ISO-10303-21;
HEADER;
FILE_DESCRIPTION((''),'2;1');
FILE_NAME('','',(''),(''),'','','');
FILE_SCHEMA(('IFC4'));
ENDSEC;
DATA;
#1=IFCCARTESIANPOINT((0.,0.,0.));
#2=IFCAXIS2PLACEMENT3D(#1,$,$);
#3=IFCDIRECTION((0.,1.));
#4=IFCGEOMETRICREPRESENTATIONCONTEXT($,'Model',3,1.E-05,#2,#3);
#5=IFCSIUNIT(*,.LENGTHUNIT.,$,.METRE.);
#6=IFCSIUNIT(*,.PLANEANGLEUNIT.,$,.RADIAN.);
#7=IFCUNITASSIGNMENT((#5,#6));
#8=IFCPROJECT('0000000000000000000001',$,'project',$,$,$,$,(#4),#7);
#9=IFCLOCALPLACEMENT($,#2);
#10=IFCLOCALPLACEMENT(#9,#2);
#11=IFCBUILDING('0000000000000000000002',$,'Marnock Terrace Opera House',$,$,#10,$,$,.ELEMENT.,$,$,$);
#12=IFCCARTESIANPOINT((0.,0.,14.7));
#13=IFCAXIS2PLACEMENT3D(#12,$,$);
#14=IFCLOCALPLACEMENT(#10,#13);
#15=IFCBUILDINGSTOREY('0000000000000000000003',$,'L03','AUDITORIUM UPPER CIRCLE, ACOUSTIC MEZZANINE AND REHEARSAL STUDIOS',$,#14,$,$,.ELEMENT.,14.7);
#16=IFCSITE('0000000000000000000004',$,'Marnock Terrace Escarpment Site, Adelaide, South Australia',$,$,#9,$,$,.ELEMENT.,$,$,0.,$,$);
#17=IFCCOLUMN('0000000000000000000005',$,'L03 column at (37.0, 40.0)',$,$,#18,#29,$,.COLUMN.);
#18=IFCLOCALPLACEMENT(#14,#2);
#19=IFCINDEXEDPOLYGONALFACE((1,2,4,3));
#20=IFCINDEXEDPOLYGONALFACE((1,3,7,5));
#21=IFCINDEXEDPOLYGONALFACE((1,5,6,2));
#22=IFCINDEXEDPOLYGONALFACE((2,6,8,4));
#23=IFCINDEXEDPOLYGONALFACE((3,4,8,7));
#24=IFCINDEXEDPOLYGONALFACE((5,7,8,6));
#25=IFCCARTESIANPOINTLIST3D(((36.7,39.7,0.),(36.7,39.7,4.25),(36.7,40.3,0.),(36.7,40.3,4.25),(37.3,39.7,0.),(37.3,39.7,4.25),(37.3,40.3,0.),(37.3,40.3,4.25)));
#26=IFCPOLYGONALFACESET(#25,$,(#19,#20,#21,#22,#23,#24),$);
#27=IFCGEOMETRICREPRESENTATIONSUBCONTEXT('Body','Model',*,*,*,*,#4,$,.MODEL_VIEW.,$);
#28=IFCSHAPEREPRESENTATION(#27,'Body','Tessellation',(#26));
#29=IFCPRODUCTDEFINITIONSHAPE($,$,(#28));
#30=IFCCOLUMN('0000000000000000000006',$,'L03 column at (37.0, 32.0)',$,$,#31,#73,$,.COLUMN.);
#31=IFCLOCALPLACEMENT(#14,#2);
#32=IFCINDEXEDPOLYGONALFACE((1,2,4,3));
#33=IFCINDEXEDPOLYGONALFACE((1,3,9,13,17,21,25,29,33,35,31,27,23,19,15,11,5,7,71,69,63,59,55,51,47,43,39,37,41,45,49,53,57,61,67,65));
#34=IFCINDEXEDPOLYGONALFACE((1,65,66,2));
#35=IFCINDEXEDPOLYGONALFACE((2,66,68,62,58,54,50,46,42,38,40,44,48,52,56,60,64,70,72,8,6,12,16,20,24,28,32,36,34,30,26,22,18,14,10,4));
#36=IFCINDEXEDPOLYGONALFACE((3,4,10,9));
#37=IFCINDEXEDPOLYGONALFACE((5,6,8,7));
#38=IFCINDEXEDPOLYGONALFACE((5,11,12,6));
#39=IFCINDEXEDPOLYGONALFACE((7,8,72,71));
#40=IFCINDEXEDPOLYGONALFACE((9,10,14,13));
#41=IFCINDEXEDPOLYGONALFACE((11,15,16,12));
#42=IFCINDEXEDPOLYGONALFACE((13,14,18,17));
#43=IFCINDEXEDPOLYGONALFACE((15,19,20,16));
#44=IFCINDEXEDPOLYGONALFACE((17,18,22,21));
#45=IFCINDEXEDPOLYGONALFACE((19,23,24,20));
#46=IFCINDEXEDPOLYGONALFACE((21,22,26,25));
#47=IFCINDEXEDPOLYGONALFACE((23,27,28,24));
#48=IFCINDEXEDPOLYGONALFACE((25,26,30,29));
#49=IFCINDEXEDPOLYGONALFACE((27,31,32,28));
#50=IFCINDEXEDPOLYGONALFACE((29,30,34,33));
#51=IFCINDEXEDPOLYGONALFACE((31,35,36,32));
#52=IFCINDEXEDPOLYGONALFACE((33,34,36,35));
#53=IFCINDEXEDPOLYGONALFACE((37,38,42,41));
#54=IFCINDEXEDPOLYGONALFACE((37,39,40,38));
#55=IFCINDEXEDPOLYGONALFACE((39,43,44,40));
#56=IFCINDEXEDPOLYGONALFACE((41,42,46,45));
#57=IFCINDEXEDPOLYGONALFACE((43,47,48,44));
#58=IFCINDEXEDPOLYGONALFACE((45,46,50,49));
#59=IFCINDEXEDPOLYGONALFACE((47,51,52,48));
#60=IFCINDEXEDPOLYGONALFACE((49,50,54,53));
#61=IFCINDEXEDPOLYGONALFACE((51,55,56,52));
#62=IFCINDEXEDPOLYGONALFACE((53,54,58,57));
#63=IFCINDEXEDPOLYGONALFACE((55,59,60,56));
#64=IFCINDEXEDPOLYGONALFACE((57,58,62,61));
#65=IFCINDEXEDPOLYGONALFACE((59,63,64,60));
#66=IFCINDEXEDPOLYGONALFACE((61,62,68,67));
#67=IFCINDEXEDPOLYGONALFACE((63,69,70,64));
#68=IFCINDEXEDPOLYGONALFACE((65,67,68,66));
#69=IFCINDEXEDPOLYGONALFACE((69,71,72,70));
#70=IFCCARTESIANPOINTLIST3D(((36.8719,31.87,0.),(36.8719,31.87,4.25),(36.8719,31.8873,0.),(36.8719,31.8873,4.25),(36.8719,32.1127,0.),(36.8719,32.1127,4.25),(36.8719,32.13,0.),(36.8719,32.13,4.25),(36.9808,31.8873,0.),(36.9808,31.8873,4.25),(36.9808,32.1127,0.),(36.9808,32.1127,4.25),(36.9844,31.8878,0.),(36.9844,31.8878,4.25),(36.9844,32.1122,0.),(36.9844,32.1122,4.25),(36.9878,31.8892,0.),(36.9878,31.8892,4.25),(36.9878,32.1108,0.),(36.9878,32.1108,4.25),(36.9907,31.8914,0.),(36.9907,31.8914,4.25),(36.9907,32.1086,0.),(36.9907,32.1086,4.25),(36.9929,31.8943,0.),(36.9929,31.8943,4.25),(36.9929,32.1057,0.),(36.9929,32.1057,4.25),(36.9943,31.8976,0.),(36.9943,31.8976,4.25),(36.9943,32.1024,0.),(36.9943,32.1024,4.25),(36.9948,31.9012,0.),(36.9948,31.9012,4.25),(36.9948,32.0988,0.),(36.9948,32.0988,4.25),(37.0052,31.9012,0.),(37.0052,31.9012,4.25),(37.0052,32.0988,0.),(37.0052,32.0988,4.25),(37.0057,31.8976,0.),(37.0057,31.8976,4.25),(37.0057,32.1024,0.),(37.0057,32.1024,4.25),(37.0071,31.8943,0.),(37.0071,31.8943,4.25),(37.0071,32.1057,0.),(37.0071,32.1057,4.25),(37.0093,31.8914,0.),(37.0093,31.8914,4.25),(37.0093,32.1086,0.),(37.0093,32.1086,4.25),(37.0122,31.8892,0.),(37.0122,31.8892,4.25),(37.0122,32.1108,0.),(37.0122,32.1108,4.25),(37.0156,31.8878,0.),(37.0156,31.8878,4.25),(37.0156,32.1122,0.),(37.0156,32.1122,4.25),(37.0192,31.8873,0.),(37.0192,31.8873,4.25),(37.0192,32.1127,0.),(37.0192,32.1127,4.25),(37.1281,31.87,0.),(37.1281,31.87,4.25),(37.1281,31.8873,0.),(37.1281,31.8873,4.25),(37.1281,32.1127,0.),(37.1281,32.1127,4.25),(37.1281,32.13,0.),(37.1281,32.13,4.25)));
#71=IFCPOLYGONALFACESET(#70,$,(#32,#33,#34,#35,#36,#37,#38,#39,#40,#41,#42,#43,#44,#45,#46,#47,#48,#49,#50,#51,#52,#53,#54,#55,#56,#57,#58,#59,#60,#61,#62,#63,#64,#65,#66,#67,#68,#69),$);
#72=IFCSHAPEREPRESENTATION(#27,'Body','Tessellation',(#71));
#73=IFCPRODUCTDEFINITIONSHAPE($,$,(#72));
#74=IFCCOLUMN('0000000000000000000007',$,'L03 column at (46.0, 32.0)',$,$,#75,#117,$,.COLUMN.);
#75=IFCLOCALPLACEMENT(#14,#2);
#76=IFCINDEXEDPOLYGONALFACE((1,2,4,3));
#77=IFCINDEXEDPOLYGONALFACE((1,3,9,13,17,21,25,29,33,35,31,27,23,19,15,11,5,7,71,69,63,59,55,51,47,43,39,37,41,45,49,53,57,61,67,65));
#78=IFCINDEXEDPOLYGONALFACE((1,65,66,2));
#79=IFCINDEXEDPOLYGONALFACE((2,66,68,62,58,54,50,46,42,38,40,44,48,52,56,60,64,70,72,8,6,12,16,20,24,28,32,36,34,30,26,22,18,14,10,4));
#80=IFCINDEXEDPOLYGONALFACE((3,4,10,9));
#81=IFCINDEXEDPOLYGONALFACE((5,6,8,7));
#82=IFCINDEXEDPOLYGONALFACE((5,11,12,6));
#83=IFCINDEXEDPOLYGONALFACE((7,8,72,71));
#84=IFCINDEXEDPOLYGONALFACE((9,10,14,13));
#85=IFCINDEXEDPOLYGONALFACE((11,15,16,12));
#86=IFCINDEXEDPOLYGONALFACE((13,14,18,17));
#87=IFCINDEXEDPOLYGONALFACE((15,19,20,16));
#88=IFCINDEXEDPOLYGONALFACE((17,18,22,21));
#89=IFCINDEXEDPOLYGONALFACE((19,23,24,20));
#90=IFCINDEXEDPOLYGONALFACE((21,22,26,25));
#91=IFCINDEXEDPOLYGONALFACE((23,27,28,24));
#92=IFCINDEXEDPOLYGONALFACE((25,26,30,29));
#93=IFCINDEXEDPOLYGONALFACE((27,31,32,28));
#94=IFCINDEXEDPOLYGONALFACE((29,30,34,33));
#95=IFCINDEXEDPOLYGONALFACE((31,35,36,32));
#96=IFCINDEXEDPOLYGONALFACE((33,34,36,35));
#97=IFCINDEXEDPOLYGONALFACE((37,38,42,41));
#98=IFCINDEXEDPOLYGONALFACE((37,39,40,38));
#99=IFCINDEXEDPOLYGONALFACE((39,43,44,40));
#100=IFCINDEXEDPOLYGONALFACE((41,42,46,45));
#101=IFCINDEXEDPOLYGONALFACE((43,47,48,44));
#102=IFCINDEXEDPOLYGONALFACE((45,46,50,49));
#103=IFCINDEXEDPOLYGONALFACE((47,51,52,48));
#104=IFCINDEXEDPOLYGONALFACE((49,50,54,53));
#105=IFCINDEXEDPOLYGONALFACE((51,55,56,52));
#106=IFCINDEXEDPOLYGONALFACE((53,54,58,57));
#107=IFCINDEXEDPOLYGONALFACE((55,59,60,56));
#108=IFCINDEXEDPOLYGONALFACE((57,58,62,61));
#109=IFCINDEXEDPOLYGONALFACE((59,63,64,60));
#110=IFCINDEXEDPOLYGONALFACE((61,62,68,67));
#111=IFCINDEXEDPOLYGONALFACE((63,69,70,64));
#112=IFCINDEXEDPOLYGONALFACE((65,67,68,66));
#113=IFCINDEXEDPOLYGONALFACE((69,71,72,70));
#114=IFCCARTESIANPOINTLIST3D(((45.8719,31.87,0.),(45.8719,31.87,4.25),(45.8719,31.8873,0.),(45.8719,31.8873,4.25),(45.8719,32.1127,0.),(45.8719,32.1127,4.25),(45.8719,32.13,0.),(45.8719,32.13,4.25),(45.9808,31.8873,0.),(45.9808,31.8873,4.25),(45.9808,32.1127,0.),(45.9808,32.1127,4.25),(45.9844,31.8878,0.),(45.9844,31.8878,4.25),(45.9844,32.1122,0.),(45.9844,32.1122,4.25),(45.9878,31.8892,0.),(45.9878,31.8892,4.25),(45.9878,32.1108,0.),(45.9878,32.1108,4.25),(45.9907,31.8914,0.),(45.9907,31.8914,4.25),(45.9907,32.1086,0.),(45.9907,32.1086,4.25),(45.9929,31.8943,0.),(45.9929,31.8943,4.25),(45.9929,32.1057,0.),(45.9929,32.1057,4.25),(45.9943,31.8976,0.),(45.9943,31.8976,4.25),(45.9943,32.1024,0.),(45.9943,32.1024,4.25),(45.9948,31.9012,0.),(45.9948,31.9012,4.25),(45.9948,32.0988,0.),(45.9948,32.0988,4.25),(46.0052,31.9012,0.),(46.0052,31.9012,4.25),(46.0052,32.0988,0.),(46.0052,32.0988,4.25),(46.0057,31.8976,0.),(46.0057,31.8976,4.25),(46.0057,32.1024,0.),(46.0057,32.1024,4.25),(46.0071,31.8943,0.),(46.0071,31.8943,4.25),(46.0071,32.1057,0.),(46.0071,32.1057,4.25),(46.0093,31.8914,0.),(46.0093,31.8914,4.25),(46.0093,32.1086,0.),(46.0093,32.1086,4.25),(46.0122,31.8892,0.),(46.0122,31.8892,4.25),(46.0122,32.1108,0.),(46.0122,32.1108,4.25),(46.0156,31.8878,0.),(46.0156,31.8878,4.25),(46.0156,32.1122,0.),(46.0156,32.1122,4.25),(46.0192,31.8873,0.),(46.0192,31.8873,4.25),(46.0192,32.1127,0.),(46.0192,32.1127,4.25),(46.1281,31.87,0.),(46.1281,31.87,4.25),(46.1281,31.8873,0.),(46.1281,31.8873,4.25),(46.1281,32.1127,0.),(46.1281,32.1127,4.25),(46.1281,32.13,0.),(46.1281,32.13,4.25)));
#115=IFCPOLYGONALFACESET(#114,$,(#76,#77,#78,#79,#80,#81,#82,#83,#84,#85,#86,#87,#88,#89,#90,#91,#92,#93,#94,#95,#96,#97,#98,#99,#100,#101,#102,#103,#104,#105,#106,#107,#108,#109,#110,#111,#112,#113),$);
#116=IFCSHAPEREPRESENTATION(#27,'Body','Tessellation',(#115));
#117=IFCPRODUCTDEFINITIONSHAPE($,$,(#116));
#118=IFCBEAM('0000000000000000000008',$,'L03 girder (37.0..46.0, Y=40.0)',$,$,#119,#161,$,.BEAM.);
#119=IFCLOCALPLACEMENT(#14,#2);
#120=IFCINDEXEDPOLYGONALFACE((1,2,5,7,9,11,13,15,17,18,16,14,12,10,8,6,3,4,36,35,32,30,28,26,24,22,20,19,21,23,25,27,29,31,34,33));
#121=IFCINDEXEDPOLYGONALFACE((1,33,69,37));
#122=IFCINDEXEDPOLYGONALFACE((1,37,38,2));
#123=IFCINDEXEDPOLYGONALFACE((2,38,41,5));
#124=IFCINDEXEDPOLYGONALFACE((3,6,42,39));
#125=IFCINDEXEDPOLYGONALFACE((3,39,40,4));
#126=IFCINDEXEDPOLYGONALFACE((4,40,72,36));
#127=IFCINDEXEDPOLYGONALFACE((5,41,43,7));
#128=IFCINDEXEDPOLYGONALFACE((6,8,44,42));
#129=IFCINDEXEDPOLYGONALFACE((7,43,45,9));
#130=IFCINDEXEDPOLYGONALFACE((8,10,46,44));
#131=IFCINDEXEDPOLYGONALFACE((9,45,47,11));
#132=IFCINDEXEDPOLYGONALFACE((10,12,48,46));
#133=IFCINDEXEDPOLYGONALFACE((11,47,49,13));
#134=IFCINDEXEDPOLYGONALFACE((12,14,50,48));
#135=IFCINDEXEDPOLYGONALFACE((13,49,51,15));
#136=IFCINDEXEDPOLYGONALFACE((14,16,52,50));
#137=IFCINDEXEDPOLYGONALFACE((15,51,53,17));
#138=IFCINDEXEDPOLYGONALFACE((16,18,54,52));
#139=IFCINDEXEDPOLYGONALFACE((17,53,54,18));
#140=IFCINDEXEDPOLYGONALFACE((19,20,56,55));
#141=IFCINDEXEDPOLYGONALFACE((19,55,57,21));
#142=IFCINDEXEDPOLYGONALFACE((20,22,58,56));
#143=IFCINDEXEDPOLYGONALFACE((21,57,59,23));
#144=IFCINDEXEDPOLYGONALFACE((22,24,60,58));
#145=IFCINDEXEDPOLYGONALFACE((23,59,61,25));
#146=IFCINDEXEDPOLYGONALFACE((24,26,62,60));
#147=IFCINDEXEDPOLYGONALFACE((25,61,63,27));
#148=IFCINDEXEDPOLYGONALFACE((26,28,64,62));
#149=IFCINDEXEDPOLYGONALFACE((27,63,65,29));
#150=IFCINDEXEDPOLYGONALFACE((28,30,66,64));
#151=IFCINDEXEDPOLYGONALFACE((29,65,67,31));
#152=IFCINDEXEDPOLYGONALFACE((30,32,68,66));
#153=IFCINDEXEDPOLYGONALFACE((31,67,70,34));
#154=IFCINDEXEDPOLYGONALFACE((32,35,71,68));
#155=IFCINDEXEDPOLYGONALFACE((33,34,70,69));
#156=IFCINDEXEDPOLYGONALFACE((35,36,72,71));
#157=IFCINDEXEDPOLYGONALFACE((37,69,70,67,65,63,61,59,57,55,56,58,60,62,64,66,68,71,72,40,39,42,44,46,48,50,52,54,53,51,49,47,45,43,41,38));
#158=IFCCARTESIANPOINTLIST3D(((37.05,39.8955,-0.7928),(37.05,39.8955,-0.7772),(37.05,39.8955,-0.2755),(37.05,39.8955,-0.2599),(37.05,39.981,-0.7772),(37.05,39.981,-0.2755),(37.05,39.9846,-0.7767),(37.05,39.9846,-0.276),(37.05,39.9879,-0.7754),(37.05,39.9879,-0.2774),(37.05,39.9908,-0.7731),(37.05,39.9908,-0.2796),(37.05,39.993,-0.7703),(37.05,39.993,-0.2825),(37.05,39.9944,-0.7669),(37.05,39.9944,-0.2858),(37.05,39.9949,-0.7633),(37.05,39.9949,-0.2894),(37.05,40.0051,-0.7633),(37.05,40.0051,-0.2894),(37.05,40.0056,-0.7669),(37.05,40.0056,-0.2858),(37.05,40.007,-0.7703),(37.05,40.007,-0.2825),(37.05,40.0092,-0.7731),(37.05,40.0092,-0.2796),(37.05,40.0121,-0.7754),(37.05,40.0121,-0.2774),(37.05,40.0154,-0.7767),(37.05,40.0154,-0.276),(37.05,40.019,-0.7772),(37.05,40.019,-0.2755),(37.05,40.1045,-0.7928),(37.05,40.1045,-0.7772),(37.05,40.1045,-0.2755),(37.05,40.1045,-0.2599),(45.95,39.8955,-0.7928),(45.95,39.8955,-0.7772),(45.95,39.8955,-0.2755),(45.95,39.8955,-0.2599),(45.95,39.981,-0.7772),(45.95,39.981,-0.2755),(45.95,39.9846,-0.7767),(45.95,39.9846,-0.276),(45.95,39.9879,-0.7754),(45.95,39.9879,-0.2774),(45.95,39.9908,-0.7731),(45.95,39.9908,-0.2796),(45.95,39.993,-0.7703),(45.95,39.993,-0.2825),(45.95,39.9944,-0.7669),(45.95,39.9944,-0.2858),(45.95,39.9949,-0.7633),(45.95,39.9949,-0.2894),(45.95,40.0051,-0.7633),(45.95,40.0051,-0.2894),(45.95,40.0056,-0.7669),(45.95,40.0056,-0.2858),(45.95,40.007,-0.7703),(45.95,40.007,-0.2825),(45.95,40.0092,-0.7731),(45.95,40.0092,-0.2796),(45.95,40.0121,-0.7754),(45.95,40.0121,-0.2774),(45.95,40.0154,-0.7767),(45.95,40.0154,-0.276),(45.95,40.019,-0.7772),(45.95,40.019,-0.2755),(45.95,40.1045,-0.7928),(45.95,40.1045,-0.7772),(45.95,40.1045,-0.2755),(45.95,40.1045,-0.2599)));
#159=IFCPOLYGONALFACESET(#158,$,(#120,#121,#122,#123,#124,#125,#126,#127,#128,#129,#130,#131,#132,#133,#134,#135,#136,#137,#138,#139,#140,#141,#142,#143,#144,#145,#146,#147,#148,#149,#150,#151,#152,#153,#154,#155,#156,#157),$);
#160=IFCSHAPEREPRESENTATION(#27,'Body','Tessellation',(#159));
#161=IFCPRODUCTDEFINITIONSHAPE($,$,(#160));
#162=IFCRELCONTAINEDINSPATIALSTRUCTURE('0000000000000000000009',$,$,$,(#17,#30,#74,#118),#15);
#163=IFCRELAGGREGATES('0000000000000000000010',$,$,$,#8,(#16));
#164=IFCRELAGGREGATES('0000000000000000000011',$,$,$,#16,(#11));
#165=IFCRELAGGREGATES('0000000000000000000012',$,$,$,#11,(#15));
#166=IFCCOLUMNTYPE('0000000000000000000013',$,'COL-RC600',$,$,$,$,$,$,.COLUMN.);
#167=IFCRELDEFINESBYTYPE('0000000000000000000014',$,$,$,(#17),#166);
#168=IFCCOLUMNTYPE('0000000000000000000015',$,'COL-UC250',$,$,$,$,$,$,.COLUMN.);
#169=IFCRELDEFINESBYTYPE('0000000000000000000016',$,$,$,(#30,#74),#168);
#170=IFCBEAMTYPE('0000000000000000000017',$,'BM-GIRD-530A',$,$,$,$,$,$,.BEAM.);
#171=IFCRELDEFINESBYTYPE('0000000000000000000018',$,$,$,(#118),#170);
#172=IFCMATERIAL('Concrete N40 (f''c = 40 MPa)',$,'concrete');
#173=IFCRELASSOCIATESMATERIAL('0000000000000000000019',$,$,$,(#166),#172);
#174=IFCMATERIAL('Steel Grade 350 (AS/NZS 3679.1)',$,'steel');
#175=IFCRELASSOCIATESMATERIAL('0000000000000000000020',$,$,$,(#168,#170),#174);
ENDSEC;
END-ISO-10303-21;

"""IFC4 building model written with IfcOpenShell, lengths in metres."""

from ifc_helpers import new_model, si_unit, direction, frame, origin, origin_2d, place, context, subcontext, project, spatial, rectangle, i_section, extrude, material, material_profile, profile_set, type_object, element, save


model = new_model("IFC4")

# Units and contexts
model_context = context("Model", 3, precision=1e-05, world=origin(), true_north=direction((0.0, 1.0)))
body_context = subcontext(model_context, "Body", "Model", "MODEL_VIEW")
ifc_project = project(units=[si_unit("LENGTHUNIT", "METRE"), si_unit("PLANEANGLEUNIT", "RADIAN")], contexts=[model_context])

# Site, building, storey
site_placement = place(None, origin())
site = spatial("IfcSite", under=ifc_project, at=site_placement, Name="Marnock Terrace Escarpment Site, Adelaide, South Australia", CompositionType="ELEMENT", RefElevation=0.0)
building_placement = place(site_placement, origin())
building = spatial("IfcBuilding", under=site, at=building_placement, Name="Marnock Terrace Opera House", CompositionType="ELEMENT")
storey_placement = place(building_placement, frame((0.0, 0.0, 14.7)))
storey = spatial("IfcBuildingStorey", under=building, at=storey_placement, Name="L03", Description="AUDITORIUM UPPER CIRCLE, ACOUSTIC MEZZANINE AND REHEARSAL STUDIOS", CompositionType="ELEMENT", Elevation=14.7)

# Columns
ifc_material_1 = material(Name="Concrete N40 (f'c = 40 MPa)", Category="concrete")
ifc_material_profile_1 = material_profile(ifc_material_1, rectangle(XDim=0.6001, YDim=0.6001, at=origin_2d()))
ifc_profile_set_1 = profile_set([ifc_material_profile_1], Name="Concrete N40 (f'c = 40 MPa)")
column_type_1 = type_object("IfcColumnType", Name="COL-RC600", PredefinedType="COLUMN", material=ifc_profile_set_1)
column_placement = place(storey_placement, frame((37.0, 40.0, 0.0), z_axis=(0.0, 0.0, 1.0), x_axis=(1.0, 0.0, 0.0)))
element("IfcColumn", 1, at=column_placement, inside=storey, type_object=column_type_1, Name="L03 column at (37.0, 40.0)", PredefinedType="COLUMN", context=body_context, shape_type="SweptSolid", body=[
    extrude(rectangle(XDim=0.6001, YDim=0.6001, at=origin_2d()), origin(), (0.0, 0.0, 1.0), 4.25),
])
ifc_material_2 = material(Name="Steel Grade 350 (AS/NZS 3679.1)", Category="steel")
ifc_material_profile_2 = material_profile(ifc_material_2, i_section(OverallWidth=0.2561, OverallDepth=0.26, WebThickness=0.0105, FlangeThickness=0.0173, FilletRadius=0.0139, at=origin_2d()))
ifc_profile_set_2 = profile_set([ifc_material_profile_2], Name="Steel Grade 350 (AS/NZS 3679.1)")
column_type_2 = type_object("IfcColumnType", Name="COL-UC250", PredefinedType="COLUMN", material=ifc_profile_set_2)
for number, where, z_axis, x_axis, name in (
    (2, (37.0, 32.0, 0.0), (0.0, 0.0, 1.0), (1.0, 0.0, 0.0), "L03 column at (37.0, 32.0)"),
    (3, (46.0, 32.0, 0.0), (0.0, 0.0, 1.0), (1.0, 0.0, 0.0), "L03 column at (46.0, 32.0)"),
):
    element("IfcColumn", number, at=place(storey_placement, frame(where, z_axis=z_axis, x_axis=x_axis)), inside=storey, type_object=column_type_2, Name=name, PredefinedType="COLUMN", context=body_context, shape_type="SweptSolid", body=[
        extrude(i_section(OverallWidth=0.2561, OverallDepth=0.26, WebThickness=0.0105, FlangeThickness=0.0173, FilletRadius=0.0139, at=origin_2d()), origin(), (0.0, 0.0, 1.0), 4.25),
    ])

# Beam
ifc_material_profile_3 = material_profile(ifc_material_2, i_section(OverallWidth=0.209, OverallDepth=0.533, WebThickness=0.0103, FlangeThickness=0.0156, FilletRadius=0.0139, at=origin_2d()))
ifc_profile_set_3 = profile_set([ifc_material_profile_3], Name="Steel Grade 350 (AS/NZS 3679.1)")
beam_type_1 = type_object("IfcBeamType", Name="BM-GIRD-530A", PredefinedType="BEAM", material=ifc_profile_set_3)
beam_1_placement = place(storey_placement, frame((37.05, 40.0, -0.5264), z_axis=(1.0, 0.0, 0.0), x_axis=(0.0, 1.0, 0.0)))
element("IfcBeam", 4, at=beam_1_placement, inside=storey, type_object=beam_type_1, Name="L03 girder (37.0..46.0, Y=40.0)", PredefinedType="BEAM", context=body_context, shape_type="SweptSolid", body=[
    extrude(i_section(OverallWidth=0.209, OverallDepth=0.533, WebThickness=0.0103, FlangeThickness=0.0156, FilletRadius=0.0139, at=origin_2d()), origin(), (0.0, 0.0, 1.0), 8.8999),
])

save(model, "model.ifc")
